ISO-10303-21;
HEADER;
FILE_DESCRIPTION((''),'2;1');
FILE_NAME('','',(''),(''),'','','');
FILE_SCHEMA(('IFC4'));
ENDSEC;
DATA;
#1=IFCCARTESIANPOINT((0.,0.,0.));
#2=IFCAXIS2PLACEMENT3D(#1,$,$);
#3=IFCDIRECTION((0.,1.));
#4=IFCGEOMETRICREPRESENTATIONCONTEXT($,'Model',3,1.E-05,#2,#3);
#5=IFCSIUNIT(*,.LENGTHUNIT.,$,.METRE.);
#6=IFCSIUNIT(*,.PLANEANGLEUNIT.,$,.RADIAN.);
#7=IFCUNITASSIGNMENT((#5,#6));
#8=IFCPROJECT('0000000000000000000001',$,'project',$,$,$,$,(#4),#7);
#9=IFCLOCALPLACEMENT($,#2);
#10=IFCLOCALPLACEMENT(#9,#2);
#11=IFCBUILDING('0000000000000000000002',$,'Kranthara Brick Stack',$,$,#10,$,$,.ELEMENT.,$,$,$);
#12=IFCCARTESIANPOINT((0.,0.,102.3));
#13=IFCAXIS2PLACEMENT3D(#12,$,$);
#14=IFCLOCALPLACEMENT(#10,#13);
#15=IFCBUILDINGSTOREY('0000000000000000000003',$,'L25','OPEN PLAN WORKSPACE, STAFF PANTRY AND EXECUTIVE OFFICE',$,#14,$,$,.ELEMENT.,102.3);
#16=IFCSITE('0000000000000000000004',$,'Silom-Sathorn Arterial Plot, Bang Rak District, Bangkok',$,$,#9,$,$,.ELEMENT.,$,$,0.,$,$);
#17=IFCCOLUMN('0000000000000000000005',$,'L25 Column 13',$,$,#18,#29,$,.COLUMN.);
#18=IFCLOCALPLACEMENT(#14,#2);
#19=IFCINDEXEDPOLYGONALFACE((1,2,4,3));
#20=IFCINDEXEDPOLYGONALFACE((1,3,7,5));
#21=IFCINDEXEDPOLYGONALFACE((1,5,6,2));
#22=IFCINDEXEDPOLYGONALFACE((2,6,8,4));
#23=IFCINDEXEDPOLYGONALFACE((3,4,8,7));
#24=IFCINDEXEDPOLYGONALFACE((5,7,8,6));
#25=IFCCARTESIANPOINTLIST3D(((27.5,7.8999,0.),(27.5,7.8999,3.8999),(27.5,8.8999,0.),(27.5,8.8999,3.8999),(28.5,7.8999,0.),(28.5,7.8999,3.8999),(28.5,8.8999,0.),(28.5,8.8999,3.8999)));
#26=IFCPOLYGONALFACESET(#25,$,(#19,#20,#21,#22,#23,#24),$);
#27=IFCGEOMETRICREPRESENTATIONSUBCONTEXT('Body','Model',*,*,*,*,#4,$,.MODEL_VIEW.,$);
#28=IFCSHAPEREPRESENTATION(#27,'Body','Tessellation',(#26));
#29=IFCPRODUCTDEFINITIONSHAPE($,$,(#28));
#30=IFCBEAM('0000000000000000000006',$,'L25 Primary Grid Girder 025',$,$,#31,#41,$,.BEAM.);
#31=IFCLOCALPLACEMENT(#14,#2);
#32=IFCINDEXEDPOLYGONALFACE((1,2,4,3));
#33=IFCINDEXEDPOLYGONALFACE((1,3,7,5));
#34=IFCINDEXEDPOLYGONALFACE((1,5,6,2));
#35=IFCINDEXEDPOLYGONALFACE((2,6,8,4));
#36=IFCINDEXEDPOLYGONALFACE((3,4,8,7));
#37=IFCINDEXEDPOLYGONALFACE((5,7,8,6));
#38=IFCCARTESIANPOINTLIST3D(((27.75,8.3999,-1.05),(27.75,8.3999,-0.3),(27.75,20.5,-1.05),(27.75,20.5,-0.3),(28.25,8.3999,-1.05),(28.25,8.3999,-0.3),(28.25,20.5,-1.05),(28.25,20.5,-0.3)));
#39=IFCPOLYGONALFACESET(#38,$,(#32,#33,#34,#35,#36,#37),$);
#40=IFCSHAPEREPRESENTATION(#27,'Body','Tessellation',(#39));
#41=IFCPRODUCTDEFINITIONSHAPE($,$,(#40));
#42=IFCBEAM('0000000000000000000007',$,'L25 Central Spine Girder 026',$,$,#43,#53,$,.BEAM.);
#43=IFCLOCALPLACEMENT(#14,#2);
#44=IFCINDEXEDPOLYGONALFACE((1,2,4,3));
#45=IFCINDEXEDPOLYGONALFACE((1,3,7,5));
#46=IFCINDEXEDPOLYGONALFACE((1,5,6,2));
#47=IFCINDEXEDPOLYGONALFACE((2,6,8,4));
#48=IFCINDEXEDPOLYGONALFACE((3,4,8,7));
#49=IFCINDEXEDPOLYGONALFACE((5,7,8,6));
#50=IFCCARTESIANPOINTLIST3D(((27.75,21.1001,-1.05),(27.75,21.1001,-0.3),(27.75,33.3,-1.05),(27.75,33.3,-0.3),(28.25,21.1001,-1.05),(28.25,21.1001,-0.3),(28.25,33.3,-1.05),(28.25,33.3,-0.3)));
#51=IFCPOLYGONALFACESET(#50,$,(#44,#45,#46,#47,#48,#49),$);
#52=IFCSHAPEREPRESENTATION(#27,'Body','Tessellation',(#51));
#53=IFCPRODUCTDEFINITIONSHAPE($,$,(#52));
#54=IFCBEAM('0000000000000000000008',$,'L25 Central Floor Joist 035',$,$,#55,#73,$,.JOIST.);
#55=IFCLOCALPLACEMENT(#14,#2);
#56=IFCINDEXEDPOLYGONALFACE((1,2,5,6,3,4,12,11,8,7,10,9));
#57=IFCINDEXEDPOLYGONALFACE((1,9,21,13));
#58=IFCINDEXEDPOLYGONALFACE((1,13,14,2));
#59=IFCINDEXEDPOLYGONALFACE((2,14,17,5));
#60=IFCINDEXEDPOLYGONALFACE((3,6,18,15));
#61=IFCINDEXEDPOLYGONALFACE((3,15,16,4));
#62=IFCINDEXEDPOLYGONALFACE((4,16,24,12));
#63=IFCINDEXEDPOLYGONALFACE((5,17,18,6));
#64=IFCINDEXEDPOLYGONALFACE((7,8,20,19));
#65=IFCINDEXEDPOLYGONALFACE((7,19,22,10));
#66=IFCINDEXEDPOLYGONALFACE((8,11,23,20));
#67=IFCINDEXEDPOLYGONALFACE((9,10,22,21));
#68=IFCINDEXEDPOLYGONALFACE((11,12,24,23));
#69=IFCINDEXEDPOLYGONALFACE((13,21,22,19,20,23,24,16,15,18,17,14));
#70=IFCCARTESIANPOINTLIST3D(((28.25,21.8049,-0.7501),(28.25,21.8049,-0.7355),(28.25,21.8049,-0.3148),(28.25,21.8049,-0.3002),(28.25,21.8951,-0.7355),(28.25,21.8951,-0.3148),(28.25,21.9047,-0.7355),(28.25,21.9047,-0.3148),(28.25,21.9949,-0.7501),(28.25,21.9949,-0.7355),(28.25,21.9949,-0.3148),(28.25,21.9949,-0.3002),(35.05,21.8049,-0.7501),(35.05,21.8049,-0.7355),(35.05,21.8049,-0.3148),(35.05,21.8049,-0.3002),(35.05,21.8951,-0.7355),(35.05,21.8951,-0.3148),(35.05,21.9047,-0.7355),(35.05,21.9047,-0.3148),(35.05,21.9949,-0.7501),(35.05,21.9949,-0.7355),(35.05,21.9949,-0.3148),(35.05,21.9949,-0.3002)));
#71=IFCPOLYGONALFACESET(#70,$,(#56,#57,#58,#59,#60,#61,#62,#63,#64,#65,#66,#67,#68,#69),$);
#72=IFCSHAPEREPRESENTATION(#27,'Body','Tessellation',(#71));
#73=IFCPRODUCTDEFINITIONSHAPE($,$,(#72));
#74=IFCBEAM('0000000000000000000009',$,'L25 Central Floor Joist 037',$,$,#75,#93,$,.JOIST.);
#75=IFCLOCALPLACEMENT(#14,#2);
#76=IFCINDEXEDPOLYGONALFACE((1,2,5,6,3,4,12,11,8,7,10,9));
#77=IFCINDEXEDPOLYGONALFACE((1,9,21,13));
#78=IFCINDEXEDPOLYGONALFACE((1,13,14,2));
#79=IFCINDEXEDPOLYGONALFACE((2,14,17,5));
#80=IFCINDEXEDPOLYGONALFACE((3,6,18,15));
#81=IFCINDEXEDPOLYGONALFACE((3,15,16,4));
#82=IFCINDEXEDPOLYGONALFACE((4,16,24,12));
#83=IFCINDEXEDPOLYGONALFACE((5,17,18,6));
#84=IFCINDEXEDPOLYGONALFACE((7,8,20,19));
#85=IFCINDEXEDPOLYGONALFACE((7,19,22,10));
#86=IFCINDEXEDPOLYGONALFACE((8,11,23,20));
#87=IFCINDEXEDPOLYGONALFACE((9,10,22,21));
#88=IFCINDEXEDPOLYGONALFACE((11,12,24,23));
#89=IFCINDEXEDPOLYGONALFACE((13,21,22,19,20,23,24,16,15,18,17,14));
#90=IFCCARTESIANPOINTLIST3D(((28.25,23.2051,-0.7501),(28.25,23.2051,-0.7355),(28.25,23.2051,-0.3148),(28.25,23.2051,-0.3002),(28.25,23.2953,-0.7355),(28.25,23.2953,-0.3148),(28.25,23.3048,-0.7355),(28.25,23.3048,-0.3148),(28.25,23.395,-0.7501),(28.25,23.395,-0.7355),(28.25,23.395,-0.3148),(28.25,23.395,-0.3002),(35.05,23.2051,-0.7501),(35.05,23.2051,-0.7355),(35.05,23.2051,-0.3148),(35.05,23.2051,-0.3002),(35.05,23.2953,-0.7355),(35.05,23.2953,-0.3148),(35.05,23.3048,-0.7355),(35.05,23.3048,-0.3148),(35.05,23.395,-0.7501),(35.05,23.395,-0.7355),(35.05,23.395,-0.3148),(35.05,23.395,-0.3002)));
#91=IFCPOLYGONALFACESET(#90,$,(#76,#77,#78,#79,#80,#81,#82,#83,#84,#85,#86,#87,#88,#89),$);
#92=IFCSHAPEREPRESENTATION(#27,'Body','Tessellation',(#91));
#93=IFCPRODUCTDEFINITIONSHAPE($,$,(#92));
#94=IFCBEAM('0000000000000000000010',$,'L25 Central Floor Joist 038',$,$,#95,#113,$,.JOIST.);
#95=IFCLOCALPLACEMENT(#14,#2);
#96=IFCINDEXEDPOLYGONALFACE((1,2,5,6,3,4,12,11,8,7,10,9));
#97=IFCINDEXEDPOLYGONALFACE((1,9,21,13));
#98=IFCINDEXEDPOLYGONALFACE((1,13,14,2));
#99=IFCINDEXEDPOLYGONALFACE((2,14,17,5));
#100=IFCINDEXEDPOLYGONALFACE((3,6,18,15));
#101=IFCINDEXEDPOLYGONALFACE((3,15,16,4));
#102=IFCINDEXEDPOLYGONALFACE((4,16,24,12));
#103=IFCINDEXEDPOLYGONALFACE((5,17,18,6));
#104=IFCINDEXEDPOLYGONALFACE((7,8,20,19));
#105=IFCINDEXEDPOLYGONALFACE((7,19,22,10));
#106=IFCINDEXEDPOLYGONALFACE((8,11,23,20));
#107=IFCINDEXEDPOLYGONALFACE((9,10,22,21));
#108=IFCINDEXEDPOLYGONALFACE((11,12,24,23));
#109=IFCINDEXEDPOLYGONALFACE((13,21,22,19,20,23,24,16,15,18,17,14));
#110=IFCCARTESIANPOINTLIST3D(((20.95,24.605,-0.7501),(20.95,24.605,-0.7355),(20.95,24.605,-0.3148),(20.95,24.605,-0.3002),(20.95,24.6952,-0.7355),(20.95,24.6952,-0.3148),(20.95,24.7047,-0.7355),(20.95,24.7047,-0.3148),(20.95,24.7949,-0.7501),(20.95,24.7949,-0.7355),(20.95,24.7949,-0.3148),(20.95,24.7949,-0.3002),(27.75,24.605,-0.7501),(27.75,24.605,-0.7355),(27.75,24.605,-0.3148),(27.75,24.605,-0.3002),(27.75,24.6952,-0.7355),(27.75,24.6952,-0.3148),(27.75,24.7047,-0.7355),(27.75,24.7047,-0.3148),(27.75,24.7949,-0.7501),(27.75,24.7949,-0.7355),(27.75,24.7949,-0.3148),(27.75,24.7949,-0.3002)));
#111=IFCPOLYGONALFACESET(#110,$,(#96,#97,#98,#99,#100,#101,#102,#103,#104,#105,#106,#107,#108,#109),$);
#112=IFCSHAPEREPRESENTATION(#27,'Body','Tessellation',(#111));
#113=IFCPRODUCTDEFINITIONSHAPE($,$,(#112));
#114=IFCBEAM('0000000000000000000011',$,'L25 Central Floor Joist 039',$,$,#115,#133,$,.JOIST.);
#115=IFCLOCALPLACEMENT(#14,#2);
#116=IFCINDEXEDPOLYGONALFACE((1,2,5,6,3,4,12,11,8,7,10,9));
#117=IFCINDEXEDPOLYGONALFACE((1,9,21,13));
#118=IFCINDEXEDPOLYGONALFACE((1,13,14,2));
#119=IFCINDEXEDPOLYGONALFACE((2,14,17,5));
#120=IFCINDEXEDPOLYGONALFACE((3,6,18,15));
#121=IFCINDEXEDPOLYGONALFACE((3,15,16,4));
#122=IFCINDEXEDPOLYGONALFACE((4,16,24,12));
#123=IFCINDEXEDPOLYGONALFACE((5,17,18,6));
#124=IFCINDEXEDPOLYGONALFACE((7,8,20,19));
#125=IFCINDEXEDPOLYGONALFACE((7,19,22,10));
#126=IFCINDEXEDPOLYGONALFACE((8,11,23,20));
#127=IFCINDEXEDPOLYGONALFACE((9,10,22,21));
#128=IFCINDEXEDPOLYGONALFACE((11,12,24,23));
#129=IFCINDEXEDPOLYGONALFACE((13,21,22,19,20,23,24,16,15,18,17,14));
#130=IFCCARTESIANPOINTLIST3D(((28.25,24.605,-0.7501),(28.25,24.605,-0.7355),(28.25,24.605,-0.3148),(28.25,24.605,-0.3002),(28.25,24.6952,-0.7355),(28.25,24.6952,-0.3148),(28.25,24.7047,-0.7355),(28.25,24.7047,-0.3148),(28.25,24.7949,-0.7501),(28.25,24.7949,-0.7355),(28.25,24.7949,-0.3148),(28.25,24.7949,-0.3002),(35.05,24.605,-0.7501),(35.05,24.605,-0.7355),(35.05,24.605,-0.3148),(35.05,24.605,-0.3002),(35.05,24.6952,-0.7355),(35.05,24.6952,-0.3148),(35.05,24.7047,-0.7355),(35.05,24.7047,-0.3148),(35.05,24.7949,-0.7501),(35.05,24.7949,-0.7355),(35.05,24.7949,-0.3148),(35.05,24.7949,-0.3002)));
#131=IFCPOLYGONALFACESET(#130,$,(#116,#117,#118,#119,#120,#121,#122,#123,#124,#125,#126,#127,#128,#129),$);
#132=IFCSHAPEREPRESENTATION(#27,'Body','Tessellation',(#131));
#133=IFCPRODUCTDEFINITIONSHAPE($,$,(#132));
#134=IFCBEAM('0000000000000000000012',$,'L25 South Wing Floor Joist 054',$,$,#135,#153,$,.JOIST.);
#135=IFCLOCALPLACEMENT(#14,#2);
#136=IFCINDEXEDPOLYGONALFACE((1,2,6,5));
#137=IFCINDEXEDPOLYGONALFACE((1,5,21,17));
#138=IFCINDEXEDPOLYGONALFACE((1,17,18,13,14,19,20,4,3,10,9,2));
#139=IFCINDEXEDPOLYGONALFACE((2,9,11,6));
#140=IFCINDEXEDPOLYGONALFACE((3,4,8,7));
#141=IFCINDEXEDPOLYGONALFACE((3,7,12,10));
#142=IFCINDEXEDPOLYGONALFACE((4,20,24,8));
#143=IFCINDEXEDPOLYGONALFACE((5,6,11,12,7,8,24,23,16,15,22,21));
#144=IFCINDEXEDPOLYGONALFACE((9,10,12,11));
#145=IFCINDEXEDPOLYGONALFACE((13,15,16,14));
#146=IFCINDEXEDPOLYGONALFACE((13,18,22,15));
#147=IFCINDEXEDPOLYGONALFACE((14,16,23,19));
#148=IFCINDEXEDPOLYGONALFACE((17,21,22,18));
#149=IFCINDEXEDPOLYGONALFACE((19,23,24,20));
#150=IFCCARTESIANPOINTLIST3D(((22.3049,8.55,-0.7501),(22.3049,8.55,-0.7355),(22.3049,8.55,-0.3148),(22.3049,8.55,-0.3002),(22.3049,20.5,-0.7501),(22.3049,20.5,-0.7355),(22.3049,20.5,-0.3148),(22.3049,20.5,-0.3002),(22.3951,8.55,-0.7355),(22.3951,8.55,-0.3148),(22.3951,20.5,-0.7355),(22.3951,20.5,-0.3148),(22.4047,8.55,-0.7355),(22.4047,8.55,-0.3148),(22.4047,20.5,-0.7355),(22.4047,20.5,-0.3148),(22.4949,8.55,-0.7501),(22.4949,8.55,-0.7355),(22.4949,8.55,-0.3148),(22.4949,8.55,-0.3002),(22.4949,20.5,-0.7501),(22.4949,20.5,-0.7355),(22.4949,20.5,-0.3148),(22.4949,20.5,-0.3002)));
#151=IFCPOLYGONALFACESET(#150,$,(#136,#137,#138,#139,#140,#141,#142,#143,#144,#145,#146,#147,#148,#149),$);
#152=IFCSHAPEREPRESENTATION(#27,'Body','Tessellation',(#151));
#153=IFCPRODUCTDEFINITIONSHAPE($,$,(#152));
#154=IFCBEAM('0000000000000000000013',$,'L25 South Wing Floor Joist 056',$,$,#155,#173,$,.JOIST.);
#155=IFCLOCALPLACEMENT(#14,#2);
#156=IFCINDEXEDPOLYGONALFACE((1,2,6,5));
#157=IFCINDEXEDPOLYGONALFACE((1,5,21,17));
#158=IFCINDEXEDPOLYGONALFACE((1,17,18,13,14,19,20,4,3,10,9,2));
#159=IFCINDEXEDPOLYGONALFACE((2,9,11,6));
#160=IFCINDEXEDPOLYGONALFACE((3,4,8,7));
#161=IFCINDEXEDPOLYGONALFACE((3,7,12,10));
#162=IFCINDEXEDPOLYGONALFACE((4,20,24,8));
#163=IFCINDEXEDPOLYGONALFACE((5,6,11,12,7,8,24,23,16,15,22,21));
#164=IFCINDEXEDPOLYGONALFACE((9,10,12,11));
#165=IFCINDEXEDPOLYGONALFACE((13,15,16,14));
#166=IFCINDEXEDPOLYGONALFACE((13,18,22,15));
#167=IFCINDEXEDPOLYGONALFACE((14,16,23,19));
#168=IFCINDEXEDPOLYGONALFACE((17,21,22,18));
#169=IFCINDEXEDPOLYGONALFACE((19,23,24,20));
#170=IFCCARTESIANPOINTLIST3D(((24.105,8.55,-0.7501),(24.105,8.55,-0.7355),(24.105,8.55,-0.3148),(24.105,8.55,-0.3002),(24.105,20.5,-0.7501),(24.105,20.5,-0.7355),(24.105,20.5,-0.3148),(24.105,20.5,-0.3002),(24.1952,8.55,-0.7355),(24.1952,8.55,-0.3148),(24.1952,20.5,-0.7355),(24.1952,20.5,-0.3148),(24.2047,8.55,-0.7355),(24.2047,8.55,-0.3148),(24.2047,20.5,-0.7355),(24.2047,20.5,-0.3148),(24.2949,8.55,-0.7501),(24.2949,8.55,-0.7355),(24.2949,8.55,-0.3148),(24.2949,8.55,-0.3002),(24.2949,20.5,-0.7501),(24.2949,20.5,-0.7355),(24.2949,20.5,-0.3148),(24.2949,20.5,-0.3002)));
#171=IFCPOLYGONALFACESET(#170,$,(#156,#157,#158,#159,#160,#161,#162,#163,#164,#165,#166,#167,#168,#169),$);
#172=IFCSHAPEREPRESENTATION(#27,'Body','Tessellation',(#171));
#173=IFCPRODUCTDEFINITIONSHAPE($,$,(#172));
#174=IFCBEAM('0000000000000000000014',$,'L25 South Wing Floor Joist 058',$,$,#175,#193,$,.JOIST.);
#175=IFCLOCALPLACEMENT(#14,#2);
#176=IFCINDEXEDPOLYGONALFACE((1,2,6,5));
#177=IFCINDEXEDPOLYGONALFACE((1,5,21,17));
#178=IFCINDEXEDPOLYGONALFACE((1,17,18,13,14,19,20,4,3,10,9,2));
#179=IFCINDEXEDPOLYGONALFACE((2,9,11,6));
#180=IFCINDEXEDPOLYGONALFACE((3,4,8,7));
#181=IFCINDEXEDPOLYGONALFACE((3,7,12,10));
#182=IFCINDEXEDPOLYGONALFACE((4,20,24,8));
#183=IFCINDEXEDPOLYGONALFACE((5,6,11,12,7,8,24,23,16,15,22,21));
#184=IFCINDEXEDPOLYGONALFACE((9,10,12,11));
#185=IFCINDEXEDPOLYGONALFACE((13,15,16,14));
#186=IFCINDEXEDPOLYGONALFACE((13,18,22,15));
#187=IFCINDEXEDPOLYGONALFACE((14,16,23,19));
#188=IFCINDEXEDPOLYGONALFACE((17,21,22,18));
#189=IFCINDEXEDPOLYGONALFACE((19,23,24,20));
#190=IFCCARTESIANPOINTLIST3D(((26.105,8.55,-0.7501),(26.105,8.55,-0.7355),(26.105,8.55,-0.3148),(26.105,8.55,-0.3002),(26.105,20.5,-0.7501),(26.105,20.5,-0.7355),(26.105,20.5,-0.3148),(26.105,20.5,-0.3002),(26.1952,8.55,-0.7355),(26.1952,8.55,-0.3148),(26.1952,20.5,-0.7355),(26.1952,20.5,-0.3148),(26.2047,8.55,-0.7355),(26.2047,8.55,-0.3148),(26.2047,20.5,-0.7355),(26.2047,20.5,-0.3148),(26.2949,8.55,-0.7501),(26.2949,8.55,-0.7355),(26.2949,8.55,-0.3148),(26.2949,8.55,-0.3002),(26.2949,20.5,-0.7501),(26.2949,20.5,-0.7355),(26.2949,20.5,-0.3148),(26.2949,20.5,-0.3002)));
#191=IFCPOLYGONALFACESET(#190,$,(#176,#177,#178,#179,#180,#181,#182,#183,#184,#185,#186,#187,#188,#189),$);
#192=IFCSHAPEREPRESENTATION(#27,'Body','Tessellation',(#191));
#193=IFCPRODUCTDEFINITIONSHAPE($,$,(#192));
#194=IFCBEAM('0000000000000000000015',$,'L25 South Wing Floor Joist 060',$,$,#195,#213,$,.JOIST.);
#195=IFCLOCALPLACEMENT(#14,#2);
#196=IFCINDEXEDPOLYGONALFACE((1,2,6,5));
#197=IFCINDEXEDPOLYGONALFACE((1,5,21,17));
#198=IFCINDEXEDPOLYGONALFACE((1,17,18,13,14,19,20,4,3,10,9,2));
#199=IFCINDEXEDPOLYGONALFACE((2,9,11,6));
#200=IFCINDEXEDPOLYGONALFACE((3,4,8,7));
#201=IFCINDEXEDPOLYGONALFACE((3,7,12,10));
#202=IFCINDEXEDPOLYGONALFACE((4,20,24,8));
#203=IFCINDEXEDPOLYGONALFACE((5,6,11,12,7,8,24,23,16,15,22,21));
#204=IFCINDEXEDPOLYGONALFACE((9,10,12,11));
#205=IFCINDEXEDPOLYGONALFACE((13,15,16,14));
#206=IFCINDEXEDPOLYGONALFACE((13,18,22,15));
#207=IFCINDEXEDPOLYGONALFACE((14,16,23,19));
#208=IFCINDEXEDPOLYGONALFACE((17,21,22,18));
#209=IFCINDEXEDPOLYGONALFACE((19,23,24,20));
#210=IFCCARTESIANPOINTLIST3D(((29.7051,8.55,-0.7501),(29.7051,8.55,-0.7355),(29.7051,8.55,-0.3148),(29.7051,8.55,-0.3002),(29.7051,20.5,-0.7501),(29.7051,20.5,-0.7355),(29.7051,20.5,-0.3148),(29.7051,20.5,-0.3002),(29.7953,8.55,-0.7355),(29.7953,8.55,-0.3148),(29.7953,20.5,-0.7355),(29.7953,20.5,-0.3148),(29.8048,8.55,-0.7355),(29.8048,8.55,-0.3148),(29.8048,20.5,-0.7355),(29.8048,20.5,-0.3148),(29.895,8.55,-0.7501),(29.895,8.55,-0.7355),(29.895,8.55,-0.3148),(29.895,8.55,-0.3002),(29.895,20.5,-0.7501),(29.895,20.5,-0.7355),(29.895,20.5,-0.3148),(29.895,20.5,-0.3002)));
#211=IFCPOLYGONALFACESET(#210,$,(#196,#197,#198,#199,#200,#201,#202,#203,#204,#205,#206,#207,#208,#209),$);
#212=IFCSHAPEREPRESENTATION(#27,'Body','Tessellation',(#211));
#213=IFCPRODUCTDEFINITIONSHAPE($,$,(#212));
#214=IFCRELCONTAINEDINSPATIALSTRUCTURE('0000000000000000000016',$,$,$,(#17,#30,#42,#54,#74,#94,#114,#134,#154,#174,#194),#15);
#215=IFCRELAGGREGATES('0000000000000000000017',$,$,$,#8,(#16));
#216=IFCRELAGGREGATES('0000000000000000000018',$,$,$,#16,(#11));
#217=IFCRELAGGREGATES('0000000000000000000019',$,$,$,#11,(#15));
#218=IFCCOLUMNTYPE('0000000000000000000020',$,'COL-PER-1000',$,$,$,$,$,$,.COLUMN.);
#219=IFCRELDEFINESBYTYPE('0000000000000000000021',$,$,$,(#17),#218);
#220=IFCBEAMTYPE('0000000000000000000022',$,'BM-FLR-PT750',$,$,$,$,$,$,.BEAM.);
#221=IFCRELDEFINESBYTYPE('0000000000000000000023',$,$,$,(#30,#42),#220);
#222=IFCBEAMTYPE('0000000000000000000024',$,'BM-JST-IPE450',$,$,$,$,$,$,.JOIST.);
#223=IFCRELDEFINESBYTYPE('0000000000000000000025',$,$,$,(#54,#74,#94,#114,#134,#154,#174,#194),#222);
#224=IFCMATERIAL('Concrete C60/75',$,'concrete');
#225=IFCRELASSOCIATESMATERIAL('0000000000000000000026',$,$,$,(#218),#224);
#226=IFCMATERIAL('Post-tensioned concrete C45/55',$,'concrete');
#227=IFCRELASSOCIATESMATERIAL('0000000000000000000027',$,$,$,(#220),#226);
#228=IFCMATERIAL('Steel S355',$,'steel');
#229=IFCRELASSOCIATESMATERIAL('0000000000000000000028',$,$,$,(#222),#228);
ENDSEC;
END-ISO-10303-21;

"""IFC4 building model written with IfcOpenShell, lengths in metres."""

from ifc_helpers import new_model, si_unit, direction, frame, origin, origin_2d, place, context, subcontext, project, spatial, rectangle, i_section, extrude, material, material_profile, profile_set, type_object, element, save


model = new_model("IFC4")

# Units and contexts
model_context = context("Model", 3, precision=1e-05, world=origin(), true_north=direction((0.0, 1.0)))
body_context = subcontext(model_context, "Body", "Model", "MODEL_VIEW")
ifc_project = project(units=[si_unit("LENGTHUNIT", "METRE"), si_unit("PLANEANGLEUNIT", "RADIAN")], contexts=[model_context])

# Site, building, storey
site_placement = place(None, origin())
site = spatial("IfcSite", under=ifc_project, at=site_placement, Name="Silom-Sathorn Arterial Plot, Bang Rak District, Bangkok", CompositionType="ELEMENT", RefElevation=0.0)
building_placement = place(site_placement, origin())
building = spatial("IfcBuilding", under=site, at=building_placement, Name="Kranthara Brick Stack", CompositionType="ELEMENT")
storey_placement = place(building_placement, frame((0.0, 0.0, 102.3)))
storey = spatial("IfcBuildingStorey", under=building, at=storey_placement, Name="L25", Description="OPEN PLAN WORKSPACE, STAFF PANTRY AND EXECUTIVE OFFICE", CompositionType="ELEMENT", Elevation=102.3)

# Column
ifc_material_1 = material(Name="Concrete C60/75", Category="concrete")
ifc_material_profile_1 = material_profile(ifc_material_1, rectangle(XDim=1.0, YDim=1.0, at=origin_2d()), Name="RC 1000x1000")
ifc_profile_set_1 = profile_set([ifc_material_profile_1], Name="Concrete C60/75")
column_type = type_object("IfcColumnType", Name="COL-PER-1000", PredefinedType="COLUMN", material=ifc_profile_set_1)
column_placement = place(storey_placement, frame((28.0, 8.3999, 0.0), z_axis=(0.0, 0.0, 1.0), x_axis=(1.0, 0.0, 0.0)))
element("IfcColumn", 1, at=column_placement, inside=storey, type_object=column_type, Name="L25 Column 13", PredefinedType="COLUMN", context=body_context, shape_type="SweptSolid", body=[
    extrude(rectangle(XDim=1.0, YDim=1.0, at=origin_2d()), origin(), (0.0, 0.0, 1.0), 3.8999),
])

# Beams
ifc_material_2 = material(Name="Post-tensioned concrete C45/55", Category="concrete")
ifc_material_profile_2 = material_profile(ifc_material_2, rectangle(XDim=0.5, YDim=0.75, at=origin_2d()), Name="PT 500x750")
ifc_profile_set_2 = profile_set([ifc_material_profile_2], Name="Post-tensioned concrete C45/55")
beam_type_1 = type_object("IfcBeamType", Name="BM-FLR-PT750", PredefinedType="BEAM", material=ifc_profile_set_2)
beam_1_placement = place(storey_placement, frame((28.0, 8.3999, -0.675), z_axis=(0.0, 1.0, 0.0), x_axis=(-1.0, 0.0, 0.0)))
element("IfcBeam", 2, at=beam_1_placement, inside=storey, type_object=beam_type_1, Name="L25 Primary Grid Girder 025", PredefinedType="BEAM", context=body_context, shape_type="SweptSolid", body=[
    extrude(rectangle(XDim=0.5, YDim=0.75, at=origin_2d()), origin(), (0.0, 0.0, 1.0), 12.1001),
])
beam_2_placement = place(storey_placement, frame((28.0, 21.1001, -0.675), z_axis=(0.0, 1.0, 0.0), x_axis=(-1.0, 0.0, 0.0)))
element("IfcBeam", 3, at=beam_2_placement, inside=storey, type_object=beam_type_1, Name="L25 Central Spine Girder 026", PredefinedType="BEAM", context=body_context, shape_type="SweptSolid", body=[
    extrude(rectangle(XDim=0.5, YDim=0.75, at=origin_2d()), origin(), (0.0, 0.0, 1.0), 12.2),
])
ifc_material_3 = material(Name="Steel S355", Category="steel")
ifc_material_profile_3 = material_profile(ifc_material_3, i_section(OverallWidth=0.1899, OverallDepth=0.45, WebThickness=0.0095, FlangeThickness=0.0146, at=origin_2d()), Name="IPE 450")
ifc_profile_set_3 = profile_set([ifc_material_profile_3], Name="Steel S355")
beam_type_2 = type_object("IfcBeamType", Name="BM-JST-IPE450", PredefinedType="JOIST", material=ifc_profile_set_3)
for number, where, z_axis, x_axis, name in (
    (4, (28.25, 21.8999, -0.5251), (1.0, 0.0, 0.0), (0.0, 1.0, 0.0), "L25 Central Floor Joist 035"),
    (5, (28.25, 23.3, -0.5251), (1.0, 0.0, 0.0), (0.0, 1.0, 0.0), "L25 Central Floor Joist 037"),
    (6, (20.95, 24.7, -0.5251), (1.0, 0.0, 0.0), (0.0, 1.0, 0.0), "L25 Central Floor Joist 038"),
    (7, (28.25, 24.7, -0.5251), (1.0, 0.0, 0.0), (0.0, 1.0, 0.0), "L25 Central Floor Joist 039"),
):
    element("IfcBeam", number, at=place(storey_placement, frame(where, z_axis=z_axis, x_axis=x_axis)), inside=storey, type_object=beam_type_2, Name=name, PredefinedType="JOIST", context=body_context, shape_type="SweptSolid", body=[
        extrude(i_section(OverallWidth=0.1899, OverallDepth=0.45, WebThickness=0.0095, FlangeThickness=0.0146, at=origin_2d()), origin(), (0.0, 0.0, 1.0), 6.8),
    ])
for number, where, z_axis, x_axis, name in (
    (8, (22.3999, 8.55, -0.5251), (0.0, 1.0, 0.0), (-1.0, 0.0, 0.0), "L25 South Wing Floor Joist 054"),
    (9, (24.2, 8.55, -0.5251), (0.0, 1.0, 0.0), (-1.0, 0.0, 0.0), "L25 South Wing Floor Joist 056"),
    (10, (26.2, 8.55, -0.5251), (0.0, 1.0, 0.0), (-1.0, 0.0, 0.0), "L25 South Wing Floor Joist 058"),
    (11, (29.8, 8.55, -0.5251), (0.0, 1.0, 0.0), (-1.0, 0.0, 0.0), "L25 South Wing Floor Joist 060"),
):
    element("IfcBeam", number, at=place(storey_placement, frame(where, z_axis=z_axis, x_axis=x_axis)), inside=storey, type_object=beam_type_2, Name=name, PredefinedType="JOIST", context=body_context, shape_type="SweptSolid", body=[
        extrude(i_section(OverallWidth=0.1899, OverallDepth=0.45, WebThickness=0.0095, FlangeThickness=0.0146, at=origin_2d()), origin(), (0.0, 0.0, 1.0), 11.95),
    ])

save(model, "model.ifc")
